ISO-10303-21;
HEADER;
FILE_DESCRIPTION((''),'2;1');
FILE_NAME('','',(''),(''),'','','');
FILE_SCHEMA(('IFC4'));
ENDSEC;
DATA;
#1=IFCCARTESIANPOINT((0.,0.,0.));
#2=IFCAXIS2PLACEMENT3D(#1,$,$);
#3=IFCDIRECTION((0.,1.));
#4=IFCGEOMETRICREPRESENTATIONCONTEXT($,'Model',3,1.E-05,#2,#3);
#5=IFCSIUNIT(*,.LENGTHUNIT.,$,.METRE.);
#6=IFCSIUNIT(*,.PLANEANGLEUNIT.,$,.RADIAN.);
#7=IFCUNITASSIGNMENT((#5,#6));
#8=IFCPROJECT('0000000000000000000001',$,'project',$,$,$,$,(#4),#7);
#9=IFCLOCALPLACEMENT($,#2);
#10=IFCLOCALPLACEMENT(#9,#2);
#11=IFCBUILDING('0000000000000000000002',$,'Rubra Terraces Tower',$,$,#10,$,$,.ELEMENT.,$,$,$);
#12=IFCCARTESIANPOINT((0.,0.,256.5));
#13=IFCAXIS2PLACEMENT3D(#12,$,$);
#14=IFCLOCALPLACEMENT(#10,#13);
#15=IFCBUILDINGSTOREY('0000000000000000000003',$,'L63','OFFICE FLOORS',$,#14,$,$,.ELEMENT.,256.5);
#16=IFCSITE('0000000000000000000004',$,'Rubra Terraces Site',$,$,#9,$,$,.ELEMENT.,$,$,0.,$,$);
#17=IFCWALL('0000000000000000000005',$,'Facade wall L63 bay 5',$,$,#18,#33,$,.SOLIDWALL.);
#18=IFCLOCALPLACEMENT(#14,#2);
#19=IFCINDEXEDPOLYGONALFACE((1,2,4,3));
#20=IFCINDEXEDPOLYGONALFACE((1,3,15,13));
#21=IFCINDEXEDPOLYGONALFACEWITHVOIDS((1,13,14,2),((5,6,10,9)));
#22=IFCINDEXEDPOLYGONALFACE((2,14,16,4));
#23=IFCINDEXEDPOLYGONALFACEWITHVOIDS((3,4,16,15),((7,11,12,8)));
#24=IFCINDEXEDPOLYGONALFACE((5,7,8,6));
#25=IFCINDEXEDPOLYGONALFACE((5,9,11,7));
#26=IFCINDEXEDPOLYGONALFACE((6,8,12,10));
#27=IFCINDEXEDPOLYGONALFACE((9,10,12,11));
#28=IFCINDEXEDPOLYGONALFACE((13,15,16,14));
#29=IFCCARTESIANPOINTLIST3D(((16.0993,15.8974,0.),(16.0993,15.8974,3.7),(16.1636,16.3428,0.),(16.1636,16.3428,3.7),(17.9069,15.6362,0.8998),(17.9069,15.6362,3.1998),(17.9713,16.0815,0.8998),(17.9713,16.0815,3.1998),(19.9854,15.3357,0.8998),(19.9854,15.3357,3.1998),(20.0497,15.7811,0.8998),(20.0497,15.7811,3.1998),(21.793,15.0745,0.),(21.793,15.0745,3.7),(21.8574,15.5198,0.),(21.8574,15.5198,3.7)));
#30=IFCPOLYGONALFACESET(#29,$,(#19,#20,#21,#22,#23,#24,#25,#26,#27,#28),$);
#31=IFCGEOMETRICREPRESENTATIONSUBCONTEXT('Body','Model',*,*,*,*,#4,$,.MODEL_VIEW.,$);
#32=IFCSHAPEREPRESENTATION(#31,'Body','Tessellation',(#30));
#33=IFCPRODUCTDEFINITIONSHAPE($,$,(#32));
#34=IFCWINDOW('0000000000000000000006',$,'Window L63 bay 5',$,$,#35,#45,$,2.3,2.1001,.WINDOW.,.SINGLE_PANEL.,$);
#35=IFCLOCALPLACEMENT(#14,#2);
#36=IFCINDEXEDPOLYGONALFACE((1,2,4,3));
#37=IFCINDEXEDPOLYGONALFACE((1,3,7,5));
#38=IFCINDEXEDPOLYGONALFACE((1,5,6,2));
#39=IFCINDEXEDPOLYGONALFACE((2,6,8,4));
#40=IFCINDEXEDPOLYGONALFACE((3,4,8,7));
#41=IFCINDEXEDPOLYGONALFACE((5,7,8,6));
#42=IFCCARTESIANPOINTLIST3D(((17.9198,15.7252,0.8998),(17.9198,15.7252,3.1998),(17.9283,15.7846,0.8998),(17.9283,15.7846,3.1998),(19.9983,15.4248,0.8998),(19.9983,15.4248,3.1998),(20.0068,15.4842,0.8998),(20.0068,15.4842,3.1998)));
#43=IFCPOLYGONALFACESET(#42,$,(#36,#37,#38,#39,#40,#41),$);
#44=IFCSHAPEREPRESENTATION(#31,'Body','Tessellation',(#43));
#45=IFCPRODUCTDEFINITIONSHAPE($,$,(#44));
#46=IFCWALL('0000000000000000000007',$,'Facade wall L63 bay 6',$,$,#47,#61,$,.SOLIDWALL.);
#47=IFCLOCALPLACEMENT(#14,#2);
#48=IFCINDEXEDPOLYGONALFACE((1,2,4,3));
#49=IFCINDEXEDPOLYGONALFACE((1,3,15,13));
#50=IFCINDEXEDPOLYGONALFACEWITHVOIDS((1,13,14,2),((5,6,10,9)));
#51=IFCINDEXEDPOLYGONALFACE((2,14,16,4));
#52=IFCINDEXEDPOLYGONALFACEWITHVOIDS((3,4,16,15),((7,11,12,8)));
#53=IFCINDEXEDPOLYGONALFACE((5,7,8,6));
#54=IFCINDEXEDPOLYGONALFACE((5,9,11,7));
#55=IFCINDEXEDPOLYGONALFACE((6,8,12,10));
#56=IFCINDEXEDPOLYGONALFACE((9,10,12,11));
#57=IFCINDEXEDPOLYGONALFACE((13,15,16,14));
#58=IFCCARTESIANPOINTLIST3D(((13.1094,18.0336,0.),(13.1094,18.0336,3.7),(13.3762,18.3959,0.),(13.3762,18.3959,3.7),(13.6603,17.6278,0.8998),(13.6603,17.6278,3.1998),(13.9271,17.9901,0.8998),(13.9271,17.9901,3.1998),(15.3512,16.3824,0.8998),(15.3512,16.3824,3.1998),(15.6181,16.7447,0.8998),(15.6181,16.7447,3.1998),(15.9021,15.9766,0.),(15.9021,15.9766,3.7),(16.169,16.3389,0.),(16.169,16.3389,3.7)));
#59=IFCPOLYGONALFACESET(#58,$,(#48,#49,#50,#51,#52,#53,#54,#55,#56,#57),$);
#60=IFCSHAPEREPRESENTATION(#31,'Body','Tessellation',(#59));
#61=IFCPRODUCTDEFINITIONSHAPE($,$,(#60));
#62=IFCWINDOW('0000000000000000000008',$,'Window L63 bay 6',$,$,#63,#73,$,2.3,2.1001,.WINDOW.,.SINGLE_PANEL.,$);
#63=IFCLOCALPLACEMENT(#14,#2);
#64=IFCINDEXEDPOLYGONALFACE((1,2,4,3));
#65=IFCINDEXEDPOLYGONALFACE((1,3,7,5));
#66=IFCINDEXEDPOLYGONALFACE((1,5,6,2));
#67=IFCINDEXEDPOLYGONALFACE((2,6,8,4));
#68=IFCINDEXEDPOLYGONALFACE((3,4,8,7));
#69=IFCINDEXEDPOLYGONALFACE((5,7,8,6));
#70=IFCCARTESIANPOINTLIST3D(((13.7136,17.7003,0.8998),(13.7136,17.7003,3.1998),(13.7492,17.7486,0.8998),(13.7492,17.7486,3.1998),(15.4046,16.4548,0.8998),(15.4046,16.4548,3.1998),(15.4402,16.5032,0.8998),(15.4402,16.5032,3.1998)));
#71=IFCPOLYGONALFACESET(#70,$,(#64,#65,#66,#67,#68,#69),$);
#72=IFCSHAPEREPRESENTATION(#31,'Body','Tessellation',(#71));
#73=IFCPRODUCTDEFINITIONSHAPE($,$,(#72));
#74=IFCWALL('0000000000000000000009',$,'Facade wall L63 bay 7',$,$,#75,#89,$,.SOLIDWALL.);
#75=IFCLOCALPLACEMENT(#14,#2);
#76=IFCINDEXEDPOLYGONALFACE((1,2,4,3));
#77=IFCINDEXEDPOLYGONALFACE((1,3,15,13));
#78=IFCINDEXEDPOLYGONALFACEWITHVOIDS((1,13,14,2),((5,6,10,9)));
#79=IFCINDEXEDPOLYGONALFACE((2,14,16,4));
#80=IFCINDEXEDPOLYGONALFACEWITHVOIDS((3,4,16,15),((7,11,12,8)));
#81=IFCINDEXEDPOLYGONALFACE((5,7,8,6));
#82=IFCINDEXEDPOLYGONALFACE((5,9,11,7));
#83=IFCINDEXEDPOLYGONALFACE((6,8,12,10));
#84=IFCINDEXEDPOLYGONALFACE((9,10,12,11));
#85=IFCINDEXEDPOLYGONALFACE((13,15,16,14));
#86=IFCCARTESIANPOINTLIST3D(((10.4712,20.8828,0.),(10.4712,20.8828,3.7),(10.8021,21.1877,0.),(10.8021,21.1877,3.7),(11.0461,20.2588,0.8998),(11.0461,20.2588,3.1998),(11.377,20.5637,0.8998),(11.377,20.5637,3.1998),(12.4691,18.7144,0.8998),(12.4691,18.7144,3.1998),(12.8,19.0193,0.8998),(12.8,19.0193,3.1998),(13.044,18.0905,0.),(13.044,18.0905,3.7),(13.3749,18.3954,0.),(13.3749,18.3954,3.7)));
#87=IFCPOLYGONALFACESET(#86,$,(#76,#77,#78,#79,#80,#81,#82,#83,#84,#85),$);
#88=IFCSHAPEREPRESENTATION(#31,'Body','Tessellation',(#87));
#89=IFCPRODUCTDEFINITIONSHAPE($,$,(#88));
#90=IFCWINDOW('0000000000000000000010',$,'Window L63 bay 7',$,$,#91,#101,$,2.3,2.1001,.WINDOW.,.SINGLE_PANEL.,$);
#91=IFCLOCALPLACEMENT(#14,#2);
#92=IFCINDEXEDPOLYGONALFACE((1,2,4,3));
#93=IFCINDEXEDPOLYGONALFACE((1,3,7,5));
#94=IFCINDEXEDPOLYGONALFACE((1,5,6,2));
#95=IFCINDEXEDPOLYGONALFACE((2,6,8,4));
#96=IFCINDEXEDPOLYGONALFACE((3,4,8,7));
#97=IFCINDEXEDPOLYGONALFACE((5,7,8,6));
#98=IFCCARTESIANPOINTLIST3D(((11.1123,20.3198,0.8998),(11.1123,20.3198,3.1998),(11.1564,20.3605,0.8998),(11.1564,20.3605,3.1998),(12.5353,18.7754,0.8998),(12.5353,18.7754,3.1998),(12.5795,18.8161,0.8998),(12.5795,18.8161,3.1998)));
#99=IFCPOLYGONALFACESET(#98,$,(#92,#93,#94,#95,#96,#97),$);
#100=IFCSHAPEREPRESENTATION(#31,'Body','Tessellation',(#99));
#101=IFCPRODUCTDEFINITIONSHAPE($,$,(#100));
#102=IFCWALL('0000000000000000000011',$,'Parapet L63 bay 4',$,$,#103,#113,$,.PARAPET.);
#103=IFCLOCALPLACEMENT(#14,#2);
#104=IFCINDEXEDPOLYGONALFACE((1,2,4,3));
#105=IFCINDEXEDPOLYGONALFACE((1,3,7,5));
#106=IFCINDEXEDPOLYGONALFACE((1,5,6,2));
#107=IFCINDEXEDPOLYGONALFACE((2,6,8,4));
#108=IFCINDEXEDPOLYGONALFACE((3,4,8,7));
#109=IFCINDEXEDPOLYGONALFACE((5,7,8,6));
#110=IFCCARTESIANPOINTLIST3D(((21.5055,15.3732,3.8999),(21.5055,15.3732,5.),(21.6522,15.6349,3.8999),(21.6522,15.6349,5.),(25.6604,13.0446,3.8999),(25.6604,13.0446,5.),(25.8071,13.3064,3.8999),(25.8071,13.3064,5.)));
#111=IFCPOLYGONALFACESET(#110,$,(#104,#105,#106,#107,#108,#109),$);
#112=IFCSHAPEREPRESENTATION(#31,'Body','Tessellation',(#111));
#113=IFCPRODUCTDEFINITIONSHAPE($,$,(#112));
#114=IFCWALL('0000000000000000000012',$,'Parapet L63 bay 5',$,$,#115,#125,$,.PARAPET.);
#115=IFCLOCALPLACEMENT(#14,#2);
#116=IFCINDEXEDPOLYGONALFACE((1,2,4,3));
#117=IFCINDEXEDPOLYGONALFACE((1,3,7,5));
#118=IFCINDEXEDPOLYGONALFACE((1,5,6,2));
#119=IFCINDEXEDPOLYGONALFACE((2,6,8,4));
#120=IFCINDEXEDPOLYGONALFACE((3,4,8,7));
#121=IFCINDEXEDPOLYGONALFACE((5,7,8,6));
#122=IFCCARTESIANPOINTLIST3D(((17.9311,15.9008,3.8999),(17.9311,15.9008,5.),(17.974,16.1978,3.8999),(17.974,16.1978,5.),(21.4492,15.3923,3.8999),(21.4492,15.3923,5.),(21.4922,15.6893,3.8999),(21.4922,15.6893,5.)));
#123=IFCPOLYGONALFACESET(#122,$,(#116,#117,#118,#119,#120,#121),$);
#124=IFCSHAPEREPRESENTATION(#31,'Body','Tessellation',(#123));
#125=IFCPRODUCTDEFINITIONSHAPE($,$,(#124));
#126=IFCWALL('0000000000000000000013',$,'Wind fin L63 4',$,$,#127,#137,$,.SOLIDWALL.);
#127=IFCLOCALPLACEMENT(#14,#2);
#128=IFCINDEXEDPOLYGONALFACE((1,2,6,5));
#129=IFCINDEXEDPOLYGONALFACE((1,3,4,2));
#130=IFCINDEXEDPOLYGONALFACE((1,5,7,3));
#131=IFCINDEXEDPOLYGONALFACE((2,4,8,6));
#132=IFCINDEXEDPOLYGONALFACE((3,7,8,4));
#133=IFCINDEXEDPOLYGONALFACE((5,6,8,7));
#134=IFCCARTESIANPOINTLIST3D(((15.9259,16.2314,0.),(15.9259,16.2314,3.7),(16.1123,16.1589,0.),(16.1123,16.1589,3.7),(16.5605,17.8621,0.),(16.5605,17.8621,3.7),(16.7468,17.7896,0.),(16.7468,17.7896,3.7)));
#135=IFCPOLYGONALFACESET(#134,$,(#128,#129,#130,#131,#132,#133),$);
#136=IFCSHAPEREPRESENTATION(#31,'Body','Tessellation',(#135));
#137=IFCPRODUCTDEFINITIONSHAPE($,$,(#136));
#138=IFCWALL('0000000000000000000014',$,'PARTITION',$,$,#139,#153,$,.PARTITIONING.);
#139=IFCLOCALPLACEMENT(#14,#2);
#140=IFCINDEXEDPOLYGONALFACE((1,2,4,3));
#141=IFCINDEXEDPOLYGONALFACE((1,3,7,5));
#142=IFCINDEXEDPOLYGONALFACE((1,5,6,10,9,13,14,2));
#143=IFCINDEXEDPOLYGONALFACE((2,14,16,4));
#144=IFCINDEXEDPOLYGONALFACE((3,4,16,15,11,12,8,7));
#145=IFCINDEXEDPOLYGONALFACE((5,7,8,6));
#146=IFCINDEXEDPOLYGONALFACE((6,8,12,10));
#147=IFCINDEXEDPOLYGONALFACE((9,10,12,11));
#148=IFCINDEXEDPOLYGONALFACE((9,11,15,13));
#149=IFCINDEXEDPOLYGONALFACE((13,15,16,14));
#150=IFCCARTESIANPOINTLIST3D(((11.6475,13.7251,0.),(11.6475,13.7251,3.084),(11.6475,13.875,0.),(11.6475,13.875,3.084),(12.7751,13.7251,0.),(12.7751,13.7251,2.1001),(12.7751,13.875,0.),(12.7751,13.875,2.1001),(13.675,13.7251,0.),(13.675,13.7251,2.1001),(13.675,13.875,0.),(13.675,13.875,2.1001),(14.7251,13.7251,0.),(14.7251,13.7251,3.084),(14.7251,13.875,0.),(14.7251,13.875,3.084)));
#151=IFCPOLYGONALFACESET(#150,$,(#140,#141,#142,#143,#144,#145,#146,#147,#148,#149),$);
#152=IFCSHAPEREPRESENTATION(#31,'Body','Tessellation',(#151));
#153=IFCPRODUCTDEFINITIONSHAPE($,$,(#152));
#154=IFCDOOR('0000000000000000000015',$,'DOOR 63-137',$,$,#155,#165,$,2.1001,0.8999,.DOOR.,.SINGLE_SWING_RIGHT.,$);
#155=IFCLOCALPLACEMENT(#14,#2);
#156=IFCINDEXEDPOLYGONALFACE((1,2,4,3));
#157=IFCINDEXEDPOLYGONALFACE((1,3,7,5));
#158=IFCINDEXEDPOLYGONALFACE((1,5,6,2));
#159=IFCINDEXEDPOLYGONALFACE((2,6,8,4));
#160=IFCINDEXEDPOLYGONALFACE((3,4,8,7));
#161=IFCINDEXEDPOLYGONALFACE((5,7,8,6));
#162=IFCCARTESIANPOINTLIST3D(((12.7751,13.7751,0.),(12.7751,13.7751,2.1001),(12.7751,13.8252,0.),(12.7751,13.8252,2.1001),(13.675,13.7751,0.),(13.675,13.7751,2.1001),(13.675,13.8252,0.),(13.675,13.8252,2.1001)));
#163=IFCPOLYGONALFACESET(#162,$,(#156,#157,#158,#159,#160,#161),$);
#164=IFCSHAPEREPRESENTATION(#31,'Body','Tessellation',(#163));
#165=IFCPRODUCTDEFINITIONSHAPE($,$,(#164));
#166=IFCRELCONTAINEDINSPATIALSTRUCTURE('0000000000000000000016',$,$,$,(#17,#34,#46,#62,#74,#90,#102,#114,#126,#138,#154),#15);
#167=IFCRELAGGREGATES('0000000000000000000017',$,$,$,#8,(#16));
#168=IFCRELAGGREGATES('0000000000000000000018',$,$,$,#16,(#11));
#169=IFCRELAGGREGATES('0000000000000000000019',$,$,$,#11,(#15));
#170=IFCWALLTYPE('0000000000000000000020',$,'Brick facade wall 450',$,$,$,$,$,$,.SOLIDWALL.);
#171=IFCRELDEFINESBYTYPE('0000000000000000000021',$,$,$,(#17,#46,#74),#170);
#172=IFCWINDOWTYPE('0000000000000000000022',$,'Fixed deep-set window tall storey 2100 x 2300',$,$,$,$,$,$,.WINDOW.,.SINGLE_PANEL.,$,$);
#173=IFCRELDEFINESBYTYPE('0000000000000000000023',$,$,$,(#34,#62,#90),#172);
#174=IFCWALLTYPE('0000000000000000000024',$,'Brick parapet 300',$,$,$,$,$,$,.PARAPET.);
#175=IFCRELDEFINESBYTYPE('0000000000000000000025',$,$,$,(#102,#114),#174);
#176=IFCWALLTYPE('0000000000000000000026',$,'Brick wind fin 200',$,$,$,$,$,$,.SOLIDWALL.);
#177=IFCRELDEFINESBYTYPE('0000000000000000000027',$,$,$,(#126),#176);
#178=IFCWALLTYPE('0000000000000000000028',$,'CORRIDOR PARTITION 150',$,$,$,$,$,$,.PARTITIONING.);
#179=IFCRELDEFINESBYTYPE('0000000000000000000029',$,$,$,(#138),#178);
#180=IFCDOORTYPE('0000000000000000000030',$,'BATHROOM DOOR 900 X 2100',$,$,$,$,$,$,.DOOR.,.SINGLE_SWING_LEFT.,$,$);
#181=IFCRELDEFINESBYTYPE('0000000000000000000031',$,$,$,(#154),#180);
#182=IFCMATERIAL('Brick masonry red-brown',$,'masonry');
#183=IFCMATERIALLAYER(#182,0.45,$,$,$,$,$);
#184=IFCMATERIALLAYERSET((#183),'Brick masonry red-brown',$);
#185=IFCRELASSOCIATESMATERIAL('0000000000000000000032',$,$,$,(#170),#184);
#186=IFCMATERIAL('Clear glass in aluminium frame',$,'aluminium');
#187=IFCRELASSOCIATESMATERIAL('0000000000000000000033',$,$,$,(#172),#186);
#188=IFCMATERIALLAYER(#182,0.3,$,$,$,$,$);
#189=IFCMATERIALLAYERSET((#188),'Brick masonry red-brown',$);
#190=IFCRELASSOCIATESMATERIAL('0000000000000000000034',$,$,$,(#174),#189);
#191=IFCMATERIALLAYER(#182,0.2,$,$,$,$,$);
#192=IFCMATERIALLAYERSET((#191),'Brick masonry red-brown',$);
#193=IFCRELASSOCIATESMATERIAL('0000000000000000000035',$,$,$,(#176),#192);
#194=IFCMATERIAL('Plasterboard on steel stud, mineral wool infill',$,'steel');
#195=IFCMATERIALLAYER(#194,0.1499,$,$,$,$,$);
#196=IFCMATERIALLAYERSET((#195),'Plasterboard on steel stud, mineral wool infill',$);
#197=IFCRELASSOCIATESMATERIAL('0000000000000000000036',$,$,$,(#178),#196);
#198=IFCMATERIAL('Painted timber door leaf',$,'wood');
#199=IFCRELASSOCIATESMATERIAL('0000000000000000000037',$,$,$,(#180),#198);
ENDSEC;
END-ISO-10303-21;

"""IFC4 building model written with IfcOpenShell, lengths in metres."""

from ifc_helpers import new_model, si_unit, direction, frame, frame_2d, origin, place, context, subcontext, project, spatial, rectangle, extrude, material, layer, layer_set, type_object, element, fill, save


model = new_model("IFC4")

# Units and contexts
model_context = context("Model", 3, precision=1e-05, world=origin(), true_north=direction((0.0, 1.0)))
body_context = subcontext(model_context, "Body", "Model", "MODEL_VIEW")
ifc_project = project(units=[si_unit("LENGTHUNIT", "METRE"), si_unit("PLANEANGLEUNIT", "RADIAN")], contexts=[model_context])

# Site, building, storey
site_placement = place(None, origin())
site = spatial("IfcSite", under=ifc_project, at=site_placement, Name="Rubra Terraces Site", CompositionType="ELEMENT", RefElevation=0.0)
building_placement = place(site_placement, origin())
building = spatial("IfcBuilding", under=site, at=building_placement, Name="Rubra Terraces Tower", CompositionType="ELEMENT")
storey_placement = place(building_placement, frame((0.0, 0.0, 256.5)))
storey = spatial("IfcBuildingStorey", under=building, at=storey_placement, Name="L63", Description="OFFICE FLOORS", CompositionType="ELEMENT", Elevation=256.5)

# Walls, openings, windows
ifc_material_1 = material(Name="Brick masonry red-brown", Category="masonry")
ifc_layer_1 = layer(ifc_material_1, 0.45)
ifc_layer_set_1 = layer_set([ifc_layer_1], Name="Brick masonry red-brown")
wall_type_1 = type_object("IfcWallType", Name="Brick facade wall 450", PredefinedType="SOLIDWALL", material=ifc_layer_set_1)
ifc_material_2 = material(Name="Clear glass in aluminium frame", Category="aluminium")
wall_1_placement = place(storey_placement, frame((21.8252, 15.2971, 0.0), z_axis=(0.0, 0.0, 1.0), x_axis=(-0.989715, 0.143055, 0.0)))
wall_1 = element("IfcWall", 1, at=wall_1_placement, inside=storey, type_object=wall_type_1, Name="Facade wall L63 bay 5", PredefinedType="SOLIDWALL", context=body_context, shape_type="SweptSolid", body=[
    extrude(rectangle(XDim=5.7529, YDim=0.45, at=frame_2d((2.8765, 0.0))), origin(), (0.0, 0.0, 1.0), 3.7),
])
opening_1_placement = place(wall_1_placement, frame((1.8264, 0.0, 0.8999)))
opening_1 = element("IfcOpeningElement", 2, at=opening_1_placement, cuts=wall_1, PredefinedType="OPENING", context=body_context, shape_type="SweptSolid", body=[
    extrude(rectangle(XDim=2.1001, YDim=2.3, at=frame_2d((1.05, 1.1499))), frame((0.0, 0.2349, 0.0), z_axis=(0.0, -1.0, 0.0), x_axis=(1.0, 0.0, 0.0)), (0.0, 0.0, 1.0), 0.47),
])
window_type_1 = type_object("IfcWindowType", Name="Fixed deep-set window tall storey 2100 x 2300", PartitioningType="SINGLE_PANEL", PredefinedType="WINDOW", material=ifc_material_2)
window_1_placement = place(opening_1_placement, origin())
window_1 = element("IfcWindow", 3, at=window_1_placement, inside=storey, type_object=window_type_1, Name="Window L63 bay 5", OverallHeight=2.3, OverallWidth=2.1001, PartitioningType="SINGLE_PANEL", PredefinedType="WINDOW", context=body_context, shape_type="SweptSolid", body=[
    extrude(rectangle(XDim=2.1001, YDim=2.3, at=frame_2d((1.05, 1.1499))), frame((0.0, 0.135, 0.0), z_axis=(0.0, -1.0, 0.0), x_axis=(1.0, 0.0, 0.0)), (0.0, 0.0, 1.0), 0.0601),
])
fill(opening_1, window_1)
wall_2_placement = place(storey_placement, frame((16.0356, 16.1577, 0.0), z_axis=(0.0, 0.0, 1.0), x_axis=(-0.805181, 0.593029, 0.0)))
wall_2 = element("IfcWall", 4, at=wall_2_placement, inside=storey, type_object=wall_type_1, Name="Facade wall L63 bay 6", PredefinedType="SOLIDWALL", context=body_context, shape_type="SweptSolid", body=[
    extrude(rectangle(XDim=3.4685, YDim=0.45, at=frame_2d((1.7344, 0.0))), origin(), (0.0, 0.0, 1.0), 3.7),
])
opening_2_placement = place(wall_2_placement, frame((0.6843, 0.0, 0.8999)))
opening_2 = element("IfcOpeningElement", 5, at=opening_2_placement, cuts=wall_2, PredefinedType="OPENING", context=body_context, shape_type="SweptSolid", body=[
    extrude(rectangle(XDim=2.1001, YDim=2.3, at=frame_2d((1.05, 1.1499))), frame((0.0, 0.2349, 0.0), z_axis=(0.0, -1.0, 0.0), x_axis=(1.0, 0.0, 0.0)), (0.0, 0.0, 1.0), 0.47),
])
window_2_placement = place(opening_2_placement, origin())
window_2 = element("IfcWindow", 6, at=window_2_placement, inside=storey, type_object=window_type_1, Name="Window L63 bay 6", OverallHeight=2.3, OverallWidth=2.1001, PartitioningType="SINGLE_PANEL", PredefinedType="WINDOW", context=body_context, shape_type="SweptSolid", body=[
    extrude(rectangle(XDim=2.1001, YDim=2.3, at=frame_2d((1.05, 1.1499))), frame((0.0, 0.135, 0.0), z_axis=(0.0, -1.0, 0.0), x_axis=(1.0, 0.0, 0.0)), (0.0, 0.0, 1.0), 0.0601),
])
fill(opening_2, window_2)
wall_3_placement = place(storey_placement, frame((13.2095, 18.2429, 0.0), z_axis=(0.0, 0.0, 1.0), x_axis=(-0.677612, 0.735419, 0.0)))
wall_3 = element("IfcWall", 7, at=wall_3_placement, inside=storey, type_object=wall_type_1, Name="Facade wall L63 bay 7", PredefinedType="SOLIDWALL", context=body_context, shape_type="SweptSolid", body=[
    extrude(rectangle(XDim=3.7969, YDim=0.45, at=frame_2d((1.8984, 0.0))), origin(), (0.0, 0.0, 1.0), 3.7),
])
opening_3_placement = place(wall_3_placement, frame((0.8484, 0.0, 0.8999)))
opening_3 = element("IfcOpeningElement", 8, at=opening_3_placement, cuts=wall_3, PredefinedType="OPENING", context=body_context, shape_type="SweptSolid", body=[
    extrude(rectangle(XDim=2.1001, YDim=2.3, at=frame_2d((1.05, 1.1499))), frame((0.0, 0.2349, 0.0), z_axis=(0.0, -1.0, 0.0), x_axis=(1.0, 0.0, 0.0)), (0.0, 0.0, 1.0), 0.47),
])
window_3_placement = place(opening_3_placement, origin())
window_3 = element("IfcWindow", 9, at=window_3_placement, inside=storey, type_object=window_type_1, Name="Window L63 bay 7", OverallHeight=2.3, OverallWidth=2.1001, PartitioningType="SINGLE_PANEL", PredefinedType="WINDOW", context=body_context, shape_type="SweptSolid", body=[
    extrude(rectangle(XDim=2.1001, YDim=2.3, at=frame_2d((1.05, 1.1499))), frame((0.0, 0.135, 0.0), z_axis=(0.0, -1.0, 0.0), x_axis=(1.0, 0.0, 0.0)), (0.0, 0.0, 1.0), 0.0601),
])
fill(opening_3, window_3)

# Walls
ifc_layer_2 = layer(ifc_material_1, 0.3)
ifc_layer_set_2 = layer_set([ifc_layer_2], Name="Brick masonry red-brown")
wall_type_2 = type_object("IfcWallType", Name="Brick parapet 300", PredefinedType="PARAPET", material=ifc_layer_set_2)
wall_4_placement = place(storey_placement, frame((25.7336, 13.1755, 3.8999), z_axis=(0.0, 0.0, 1.0), x_axis=(-0.872345, 0.488891, 0.0)))
element("IfcWall", 10, at=wall_4_placement, inside=storey, type_object=wall_type_2, Name="Parapet L63 bay 4", PredefinedType="PARAPET", context=body_context, shape_type="SweptSolid", body=[
    extrude(rectangle(XDim=4.7629, YDim=0.3, at=frame_2d((2.3813, 0.0))), origin(), (0.0, 0.0, 1.0), 1.1001),
])
wall_5_placement = place(storey_placement, frame((21.4707, 15.5408, 3.8999), z_axis=(0.0, 0.0, 1.0), x_axis=(-0.989713, 0.143065, 0.0)))
element("IfcWall", 11, at=wall_5_placement, inside=storey, type_object=wall_type_2, Name="Parapet L63 bay 5", PredefinedType="PARAPET", context=body_context, shape_type="SweptSolid", body=[
    extrude(rectangle(XDim=3.5547, YDim=0.3, at=frame_2d((1.7773, 0.0))), origin(), (0.0, 0.0, 1.0), 1.1001),
])
ifc_layer_3 = layer(ifc_material_1, 0.2)
ifc_layer_set_3 = layer_set([ifc_layer_3], Name="Brick masonry red-brown")
wall_type_3 = type_object("IfcWallType", Name="Brick wind fin 200", PredefinedType="SOLIDWALL", material=ifc_layer_set_3)
wall_6_placement = place(storey_placement, frame((16.019, 16.1951, 0.0), z_axis=(0.0, 0.0, 1.0), x_axis=(0.362642, 0.931929, 0.0)))
element("IfcWall", 12, at=wall_6_placement, inside=storey, type_object=wall_type_3, Name="Wind fin L63 4", PredefinedType="SOLIDWALL", context=body_context, shape_type="SweptSolid", body=[
    extrude(rectangle(XDim=1.7498, YDim=0.2, at=frame_2d((0.875, 0.0))), origin(), (0.0, 0.0, 1.0), 3.7),
])

# Wall, opening, door
ifc_material_3 = material(Name="Plasterboard on steel stud, mineral wool infill", Category="steel")
ifc_layer_4 = layer(ifc_material_3, 0.1499)
ifc_layer_set_4 = layer_set([ifc_layer_4], Name="Plasterboard on steel stud, mineral wool infill")
wall_type_4 = type_object("IfcWallType", Name="CORRIDOR PARTITION 150", PredefinedType="PARTITIONING", material=ifc_layer_set_4)
wall_7_placement = place(storey_placement, frame((14.7251, 13.8, 0.0), z_axis=(0.0, 0.0, 1.0), x_axis=(-1.0, 0.0, 0.0)))
wall_7 = element("IfcWall", 13, at=wall_7_placement, inside=storey, type_object=wall_type_4, Name="PARTITION", PredefinedType="PARTITIONING", context=body_context, shape_type="SweptSolid", body=[
    extrude(rectangle(XDim=3.0776, YDim=0.1499, at=frame_2d((1.5388, 0.0))), origin(), (0.0, 0.0, 1.0), 3.084),
])
opening_4_placement = place(wall_7_placement, frame((1.05, 0.0, 0.0)))
opening_4 = element("IfcOpeningElement", 14, at=opening_4_placement, cuts=wall_7, PredefinedType="OPENING", context=body_context, shape_type="SweptSolid", body=[
    extrude(rectangle(XDim=0.8999, YDim=2.1001, at=frame_2d((0.45, 1.05))), frame((0.0, 0.085, 0.0), z_axis=(0.0, -1.0, 0.0), x_axis=(1.0, 0.0, 0.0)), (0.0, 0.0, 1.0), 0.1699),
])
ifc_material_4 = material(Name="Painted timber door leaf", Category="wood")
door_type_1 = type_object("IfcDoorType", Name="BATHROOM DOOR 900 X 2100", OperationType="SINGLE_SWING_LEFT", PredefinedType="DOOR", material=ifc_material_4)
door_1_placement = place(opening_4_placement, origin())
door_1 = element("IfcDoor", 15, at=door_1_placement, inside=storey, type_object=door_type_1, Name="DOOR 63-137", OperationType="SINGLE_SWING_RIGHT", OverallHeight=2.1001, OverallWidth=0.8999, PredefinedType="DOOR", context=body_context, shape_type="SweptSolid", body=[
    extrude(rectangle(XDim=0.8999, YDim=2.1001, at=frame_2d((0.45, 1.05))), frame((0.0, 0.0249, 0.0), z_axis=(0.0, -1.0, 0.0), x_axis=(1.0, 0.0, 0.0)), (0.0, 0.0, 1.0), 0.05),
])
fill(opening_4, door_1)

save(model, "model.ifc")
